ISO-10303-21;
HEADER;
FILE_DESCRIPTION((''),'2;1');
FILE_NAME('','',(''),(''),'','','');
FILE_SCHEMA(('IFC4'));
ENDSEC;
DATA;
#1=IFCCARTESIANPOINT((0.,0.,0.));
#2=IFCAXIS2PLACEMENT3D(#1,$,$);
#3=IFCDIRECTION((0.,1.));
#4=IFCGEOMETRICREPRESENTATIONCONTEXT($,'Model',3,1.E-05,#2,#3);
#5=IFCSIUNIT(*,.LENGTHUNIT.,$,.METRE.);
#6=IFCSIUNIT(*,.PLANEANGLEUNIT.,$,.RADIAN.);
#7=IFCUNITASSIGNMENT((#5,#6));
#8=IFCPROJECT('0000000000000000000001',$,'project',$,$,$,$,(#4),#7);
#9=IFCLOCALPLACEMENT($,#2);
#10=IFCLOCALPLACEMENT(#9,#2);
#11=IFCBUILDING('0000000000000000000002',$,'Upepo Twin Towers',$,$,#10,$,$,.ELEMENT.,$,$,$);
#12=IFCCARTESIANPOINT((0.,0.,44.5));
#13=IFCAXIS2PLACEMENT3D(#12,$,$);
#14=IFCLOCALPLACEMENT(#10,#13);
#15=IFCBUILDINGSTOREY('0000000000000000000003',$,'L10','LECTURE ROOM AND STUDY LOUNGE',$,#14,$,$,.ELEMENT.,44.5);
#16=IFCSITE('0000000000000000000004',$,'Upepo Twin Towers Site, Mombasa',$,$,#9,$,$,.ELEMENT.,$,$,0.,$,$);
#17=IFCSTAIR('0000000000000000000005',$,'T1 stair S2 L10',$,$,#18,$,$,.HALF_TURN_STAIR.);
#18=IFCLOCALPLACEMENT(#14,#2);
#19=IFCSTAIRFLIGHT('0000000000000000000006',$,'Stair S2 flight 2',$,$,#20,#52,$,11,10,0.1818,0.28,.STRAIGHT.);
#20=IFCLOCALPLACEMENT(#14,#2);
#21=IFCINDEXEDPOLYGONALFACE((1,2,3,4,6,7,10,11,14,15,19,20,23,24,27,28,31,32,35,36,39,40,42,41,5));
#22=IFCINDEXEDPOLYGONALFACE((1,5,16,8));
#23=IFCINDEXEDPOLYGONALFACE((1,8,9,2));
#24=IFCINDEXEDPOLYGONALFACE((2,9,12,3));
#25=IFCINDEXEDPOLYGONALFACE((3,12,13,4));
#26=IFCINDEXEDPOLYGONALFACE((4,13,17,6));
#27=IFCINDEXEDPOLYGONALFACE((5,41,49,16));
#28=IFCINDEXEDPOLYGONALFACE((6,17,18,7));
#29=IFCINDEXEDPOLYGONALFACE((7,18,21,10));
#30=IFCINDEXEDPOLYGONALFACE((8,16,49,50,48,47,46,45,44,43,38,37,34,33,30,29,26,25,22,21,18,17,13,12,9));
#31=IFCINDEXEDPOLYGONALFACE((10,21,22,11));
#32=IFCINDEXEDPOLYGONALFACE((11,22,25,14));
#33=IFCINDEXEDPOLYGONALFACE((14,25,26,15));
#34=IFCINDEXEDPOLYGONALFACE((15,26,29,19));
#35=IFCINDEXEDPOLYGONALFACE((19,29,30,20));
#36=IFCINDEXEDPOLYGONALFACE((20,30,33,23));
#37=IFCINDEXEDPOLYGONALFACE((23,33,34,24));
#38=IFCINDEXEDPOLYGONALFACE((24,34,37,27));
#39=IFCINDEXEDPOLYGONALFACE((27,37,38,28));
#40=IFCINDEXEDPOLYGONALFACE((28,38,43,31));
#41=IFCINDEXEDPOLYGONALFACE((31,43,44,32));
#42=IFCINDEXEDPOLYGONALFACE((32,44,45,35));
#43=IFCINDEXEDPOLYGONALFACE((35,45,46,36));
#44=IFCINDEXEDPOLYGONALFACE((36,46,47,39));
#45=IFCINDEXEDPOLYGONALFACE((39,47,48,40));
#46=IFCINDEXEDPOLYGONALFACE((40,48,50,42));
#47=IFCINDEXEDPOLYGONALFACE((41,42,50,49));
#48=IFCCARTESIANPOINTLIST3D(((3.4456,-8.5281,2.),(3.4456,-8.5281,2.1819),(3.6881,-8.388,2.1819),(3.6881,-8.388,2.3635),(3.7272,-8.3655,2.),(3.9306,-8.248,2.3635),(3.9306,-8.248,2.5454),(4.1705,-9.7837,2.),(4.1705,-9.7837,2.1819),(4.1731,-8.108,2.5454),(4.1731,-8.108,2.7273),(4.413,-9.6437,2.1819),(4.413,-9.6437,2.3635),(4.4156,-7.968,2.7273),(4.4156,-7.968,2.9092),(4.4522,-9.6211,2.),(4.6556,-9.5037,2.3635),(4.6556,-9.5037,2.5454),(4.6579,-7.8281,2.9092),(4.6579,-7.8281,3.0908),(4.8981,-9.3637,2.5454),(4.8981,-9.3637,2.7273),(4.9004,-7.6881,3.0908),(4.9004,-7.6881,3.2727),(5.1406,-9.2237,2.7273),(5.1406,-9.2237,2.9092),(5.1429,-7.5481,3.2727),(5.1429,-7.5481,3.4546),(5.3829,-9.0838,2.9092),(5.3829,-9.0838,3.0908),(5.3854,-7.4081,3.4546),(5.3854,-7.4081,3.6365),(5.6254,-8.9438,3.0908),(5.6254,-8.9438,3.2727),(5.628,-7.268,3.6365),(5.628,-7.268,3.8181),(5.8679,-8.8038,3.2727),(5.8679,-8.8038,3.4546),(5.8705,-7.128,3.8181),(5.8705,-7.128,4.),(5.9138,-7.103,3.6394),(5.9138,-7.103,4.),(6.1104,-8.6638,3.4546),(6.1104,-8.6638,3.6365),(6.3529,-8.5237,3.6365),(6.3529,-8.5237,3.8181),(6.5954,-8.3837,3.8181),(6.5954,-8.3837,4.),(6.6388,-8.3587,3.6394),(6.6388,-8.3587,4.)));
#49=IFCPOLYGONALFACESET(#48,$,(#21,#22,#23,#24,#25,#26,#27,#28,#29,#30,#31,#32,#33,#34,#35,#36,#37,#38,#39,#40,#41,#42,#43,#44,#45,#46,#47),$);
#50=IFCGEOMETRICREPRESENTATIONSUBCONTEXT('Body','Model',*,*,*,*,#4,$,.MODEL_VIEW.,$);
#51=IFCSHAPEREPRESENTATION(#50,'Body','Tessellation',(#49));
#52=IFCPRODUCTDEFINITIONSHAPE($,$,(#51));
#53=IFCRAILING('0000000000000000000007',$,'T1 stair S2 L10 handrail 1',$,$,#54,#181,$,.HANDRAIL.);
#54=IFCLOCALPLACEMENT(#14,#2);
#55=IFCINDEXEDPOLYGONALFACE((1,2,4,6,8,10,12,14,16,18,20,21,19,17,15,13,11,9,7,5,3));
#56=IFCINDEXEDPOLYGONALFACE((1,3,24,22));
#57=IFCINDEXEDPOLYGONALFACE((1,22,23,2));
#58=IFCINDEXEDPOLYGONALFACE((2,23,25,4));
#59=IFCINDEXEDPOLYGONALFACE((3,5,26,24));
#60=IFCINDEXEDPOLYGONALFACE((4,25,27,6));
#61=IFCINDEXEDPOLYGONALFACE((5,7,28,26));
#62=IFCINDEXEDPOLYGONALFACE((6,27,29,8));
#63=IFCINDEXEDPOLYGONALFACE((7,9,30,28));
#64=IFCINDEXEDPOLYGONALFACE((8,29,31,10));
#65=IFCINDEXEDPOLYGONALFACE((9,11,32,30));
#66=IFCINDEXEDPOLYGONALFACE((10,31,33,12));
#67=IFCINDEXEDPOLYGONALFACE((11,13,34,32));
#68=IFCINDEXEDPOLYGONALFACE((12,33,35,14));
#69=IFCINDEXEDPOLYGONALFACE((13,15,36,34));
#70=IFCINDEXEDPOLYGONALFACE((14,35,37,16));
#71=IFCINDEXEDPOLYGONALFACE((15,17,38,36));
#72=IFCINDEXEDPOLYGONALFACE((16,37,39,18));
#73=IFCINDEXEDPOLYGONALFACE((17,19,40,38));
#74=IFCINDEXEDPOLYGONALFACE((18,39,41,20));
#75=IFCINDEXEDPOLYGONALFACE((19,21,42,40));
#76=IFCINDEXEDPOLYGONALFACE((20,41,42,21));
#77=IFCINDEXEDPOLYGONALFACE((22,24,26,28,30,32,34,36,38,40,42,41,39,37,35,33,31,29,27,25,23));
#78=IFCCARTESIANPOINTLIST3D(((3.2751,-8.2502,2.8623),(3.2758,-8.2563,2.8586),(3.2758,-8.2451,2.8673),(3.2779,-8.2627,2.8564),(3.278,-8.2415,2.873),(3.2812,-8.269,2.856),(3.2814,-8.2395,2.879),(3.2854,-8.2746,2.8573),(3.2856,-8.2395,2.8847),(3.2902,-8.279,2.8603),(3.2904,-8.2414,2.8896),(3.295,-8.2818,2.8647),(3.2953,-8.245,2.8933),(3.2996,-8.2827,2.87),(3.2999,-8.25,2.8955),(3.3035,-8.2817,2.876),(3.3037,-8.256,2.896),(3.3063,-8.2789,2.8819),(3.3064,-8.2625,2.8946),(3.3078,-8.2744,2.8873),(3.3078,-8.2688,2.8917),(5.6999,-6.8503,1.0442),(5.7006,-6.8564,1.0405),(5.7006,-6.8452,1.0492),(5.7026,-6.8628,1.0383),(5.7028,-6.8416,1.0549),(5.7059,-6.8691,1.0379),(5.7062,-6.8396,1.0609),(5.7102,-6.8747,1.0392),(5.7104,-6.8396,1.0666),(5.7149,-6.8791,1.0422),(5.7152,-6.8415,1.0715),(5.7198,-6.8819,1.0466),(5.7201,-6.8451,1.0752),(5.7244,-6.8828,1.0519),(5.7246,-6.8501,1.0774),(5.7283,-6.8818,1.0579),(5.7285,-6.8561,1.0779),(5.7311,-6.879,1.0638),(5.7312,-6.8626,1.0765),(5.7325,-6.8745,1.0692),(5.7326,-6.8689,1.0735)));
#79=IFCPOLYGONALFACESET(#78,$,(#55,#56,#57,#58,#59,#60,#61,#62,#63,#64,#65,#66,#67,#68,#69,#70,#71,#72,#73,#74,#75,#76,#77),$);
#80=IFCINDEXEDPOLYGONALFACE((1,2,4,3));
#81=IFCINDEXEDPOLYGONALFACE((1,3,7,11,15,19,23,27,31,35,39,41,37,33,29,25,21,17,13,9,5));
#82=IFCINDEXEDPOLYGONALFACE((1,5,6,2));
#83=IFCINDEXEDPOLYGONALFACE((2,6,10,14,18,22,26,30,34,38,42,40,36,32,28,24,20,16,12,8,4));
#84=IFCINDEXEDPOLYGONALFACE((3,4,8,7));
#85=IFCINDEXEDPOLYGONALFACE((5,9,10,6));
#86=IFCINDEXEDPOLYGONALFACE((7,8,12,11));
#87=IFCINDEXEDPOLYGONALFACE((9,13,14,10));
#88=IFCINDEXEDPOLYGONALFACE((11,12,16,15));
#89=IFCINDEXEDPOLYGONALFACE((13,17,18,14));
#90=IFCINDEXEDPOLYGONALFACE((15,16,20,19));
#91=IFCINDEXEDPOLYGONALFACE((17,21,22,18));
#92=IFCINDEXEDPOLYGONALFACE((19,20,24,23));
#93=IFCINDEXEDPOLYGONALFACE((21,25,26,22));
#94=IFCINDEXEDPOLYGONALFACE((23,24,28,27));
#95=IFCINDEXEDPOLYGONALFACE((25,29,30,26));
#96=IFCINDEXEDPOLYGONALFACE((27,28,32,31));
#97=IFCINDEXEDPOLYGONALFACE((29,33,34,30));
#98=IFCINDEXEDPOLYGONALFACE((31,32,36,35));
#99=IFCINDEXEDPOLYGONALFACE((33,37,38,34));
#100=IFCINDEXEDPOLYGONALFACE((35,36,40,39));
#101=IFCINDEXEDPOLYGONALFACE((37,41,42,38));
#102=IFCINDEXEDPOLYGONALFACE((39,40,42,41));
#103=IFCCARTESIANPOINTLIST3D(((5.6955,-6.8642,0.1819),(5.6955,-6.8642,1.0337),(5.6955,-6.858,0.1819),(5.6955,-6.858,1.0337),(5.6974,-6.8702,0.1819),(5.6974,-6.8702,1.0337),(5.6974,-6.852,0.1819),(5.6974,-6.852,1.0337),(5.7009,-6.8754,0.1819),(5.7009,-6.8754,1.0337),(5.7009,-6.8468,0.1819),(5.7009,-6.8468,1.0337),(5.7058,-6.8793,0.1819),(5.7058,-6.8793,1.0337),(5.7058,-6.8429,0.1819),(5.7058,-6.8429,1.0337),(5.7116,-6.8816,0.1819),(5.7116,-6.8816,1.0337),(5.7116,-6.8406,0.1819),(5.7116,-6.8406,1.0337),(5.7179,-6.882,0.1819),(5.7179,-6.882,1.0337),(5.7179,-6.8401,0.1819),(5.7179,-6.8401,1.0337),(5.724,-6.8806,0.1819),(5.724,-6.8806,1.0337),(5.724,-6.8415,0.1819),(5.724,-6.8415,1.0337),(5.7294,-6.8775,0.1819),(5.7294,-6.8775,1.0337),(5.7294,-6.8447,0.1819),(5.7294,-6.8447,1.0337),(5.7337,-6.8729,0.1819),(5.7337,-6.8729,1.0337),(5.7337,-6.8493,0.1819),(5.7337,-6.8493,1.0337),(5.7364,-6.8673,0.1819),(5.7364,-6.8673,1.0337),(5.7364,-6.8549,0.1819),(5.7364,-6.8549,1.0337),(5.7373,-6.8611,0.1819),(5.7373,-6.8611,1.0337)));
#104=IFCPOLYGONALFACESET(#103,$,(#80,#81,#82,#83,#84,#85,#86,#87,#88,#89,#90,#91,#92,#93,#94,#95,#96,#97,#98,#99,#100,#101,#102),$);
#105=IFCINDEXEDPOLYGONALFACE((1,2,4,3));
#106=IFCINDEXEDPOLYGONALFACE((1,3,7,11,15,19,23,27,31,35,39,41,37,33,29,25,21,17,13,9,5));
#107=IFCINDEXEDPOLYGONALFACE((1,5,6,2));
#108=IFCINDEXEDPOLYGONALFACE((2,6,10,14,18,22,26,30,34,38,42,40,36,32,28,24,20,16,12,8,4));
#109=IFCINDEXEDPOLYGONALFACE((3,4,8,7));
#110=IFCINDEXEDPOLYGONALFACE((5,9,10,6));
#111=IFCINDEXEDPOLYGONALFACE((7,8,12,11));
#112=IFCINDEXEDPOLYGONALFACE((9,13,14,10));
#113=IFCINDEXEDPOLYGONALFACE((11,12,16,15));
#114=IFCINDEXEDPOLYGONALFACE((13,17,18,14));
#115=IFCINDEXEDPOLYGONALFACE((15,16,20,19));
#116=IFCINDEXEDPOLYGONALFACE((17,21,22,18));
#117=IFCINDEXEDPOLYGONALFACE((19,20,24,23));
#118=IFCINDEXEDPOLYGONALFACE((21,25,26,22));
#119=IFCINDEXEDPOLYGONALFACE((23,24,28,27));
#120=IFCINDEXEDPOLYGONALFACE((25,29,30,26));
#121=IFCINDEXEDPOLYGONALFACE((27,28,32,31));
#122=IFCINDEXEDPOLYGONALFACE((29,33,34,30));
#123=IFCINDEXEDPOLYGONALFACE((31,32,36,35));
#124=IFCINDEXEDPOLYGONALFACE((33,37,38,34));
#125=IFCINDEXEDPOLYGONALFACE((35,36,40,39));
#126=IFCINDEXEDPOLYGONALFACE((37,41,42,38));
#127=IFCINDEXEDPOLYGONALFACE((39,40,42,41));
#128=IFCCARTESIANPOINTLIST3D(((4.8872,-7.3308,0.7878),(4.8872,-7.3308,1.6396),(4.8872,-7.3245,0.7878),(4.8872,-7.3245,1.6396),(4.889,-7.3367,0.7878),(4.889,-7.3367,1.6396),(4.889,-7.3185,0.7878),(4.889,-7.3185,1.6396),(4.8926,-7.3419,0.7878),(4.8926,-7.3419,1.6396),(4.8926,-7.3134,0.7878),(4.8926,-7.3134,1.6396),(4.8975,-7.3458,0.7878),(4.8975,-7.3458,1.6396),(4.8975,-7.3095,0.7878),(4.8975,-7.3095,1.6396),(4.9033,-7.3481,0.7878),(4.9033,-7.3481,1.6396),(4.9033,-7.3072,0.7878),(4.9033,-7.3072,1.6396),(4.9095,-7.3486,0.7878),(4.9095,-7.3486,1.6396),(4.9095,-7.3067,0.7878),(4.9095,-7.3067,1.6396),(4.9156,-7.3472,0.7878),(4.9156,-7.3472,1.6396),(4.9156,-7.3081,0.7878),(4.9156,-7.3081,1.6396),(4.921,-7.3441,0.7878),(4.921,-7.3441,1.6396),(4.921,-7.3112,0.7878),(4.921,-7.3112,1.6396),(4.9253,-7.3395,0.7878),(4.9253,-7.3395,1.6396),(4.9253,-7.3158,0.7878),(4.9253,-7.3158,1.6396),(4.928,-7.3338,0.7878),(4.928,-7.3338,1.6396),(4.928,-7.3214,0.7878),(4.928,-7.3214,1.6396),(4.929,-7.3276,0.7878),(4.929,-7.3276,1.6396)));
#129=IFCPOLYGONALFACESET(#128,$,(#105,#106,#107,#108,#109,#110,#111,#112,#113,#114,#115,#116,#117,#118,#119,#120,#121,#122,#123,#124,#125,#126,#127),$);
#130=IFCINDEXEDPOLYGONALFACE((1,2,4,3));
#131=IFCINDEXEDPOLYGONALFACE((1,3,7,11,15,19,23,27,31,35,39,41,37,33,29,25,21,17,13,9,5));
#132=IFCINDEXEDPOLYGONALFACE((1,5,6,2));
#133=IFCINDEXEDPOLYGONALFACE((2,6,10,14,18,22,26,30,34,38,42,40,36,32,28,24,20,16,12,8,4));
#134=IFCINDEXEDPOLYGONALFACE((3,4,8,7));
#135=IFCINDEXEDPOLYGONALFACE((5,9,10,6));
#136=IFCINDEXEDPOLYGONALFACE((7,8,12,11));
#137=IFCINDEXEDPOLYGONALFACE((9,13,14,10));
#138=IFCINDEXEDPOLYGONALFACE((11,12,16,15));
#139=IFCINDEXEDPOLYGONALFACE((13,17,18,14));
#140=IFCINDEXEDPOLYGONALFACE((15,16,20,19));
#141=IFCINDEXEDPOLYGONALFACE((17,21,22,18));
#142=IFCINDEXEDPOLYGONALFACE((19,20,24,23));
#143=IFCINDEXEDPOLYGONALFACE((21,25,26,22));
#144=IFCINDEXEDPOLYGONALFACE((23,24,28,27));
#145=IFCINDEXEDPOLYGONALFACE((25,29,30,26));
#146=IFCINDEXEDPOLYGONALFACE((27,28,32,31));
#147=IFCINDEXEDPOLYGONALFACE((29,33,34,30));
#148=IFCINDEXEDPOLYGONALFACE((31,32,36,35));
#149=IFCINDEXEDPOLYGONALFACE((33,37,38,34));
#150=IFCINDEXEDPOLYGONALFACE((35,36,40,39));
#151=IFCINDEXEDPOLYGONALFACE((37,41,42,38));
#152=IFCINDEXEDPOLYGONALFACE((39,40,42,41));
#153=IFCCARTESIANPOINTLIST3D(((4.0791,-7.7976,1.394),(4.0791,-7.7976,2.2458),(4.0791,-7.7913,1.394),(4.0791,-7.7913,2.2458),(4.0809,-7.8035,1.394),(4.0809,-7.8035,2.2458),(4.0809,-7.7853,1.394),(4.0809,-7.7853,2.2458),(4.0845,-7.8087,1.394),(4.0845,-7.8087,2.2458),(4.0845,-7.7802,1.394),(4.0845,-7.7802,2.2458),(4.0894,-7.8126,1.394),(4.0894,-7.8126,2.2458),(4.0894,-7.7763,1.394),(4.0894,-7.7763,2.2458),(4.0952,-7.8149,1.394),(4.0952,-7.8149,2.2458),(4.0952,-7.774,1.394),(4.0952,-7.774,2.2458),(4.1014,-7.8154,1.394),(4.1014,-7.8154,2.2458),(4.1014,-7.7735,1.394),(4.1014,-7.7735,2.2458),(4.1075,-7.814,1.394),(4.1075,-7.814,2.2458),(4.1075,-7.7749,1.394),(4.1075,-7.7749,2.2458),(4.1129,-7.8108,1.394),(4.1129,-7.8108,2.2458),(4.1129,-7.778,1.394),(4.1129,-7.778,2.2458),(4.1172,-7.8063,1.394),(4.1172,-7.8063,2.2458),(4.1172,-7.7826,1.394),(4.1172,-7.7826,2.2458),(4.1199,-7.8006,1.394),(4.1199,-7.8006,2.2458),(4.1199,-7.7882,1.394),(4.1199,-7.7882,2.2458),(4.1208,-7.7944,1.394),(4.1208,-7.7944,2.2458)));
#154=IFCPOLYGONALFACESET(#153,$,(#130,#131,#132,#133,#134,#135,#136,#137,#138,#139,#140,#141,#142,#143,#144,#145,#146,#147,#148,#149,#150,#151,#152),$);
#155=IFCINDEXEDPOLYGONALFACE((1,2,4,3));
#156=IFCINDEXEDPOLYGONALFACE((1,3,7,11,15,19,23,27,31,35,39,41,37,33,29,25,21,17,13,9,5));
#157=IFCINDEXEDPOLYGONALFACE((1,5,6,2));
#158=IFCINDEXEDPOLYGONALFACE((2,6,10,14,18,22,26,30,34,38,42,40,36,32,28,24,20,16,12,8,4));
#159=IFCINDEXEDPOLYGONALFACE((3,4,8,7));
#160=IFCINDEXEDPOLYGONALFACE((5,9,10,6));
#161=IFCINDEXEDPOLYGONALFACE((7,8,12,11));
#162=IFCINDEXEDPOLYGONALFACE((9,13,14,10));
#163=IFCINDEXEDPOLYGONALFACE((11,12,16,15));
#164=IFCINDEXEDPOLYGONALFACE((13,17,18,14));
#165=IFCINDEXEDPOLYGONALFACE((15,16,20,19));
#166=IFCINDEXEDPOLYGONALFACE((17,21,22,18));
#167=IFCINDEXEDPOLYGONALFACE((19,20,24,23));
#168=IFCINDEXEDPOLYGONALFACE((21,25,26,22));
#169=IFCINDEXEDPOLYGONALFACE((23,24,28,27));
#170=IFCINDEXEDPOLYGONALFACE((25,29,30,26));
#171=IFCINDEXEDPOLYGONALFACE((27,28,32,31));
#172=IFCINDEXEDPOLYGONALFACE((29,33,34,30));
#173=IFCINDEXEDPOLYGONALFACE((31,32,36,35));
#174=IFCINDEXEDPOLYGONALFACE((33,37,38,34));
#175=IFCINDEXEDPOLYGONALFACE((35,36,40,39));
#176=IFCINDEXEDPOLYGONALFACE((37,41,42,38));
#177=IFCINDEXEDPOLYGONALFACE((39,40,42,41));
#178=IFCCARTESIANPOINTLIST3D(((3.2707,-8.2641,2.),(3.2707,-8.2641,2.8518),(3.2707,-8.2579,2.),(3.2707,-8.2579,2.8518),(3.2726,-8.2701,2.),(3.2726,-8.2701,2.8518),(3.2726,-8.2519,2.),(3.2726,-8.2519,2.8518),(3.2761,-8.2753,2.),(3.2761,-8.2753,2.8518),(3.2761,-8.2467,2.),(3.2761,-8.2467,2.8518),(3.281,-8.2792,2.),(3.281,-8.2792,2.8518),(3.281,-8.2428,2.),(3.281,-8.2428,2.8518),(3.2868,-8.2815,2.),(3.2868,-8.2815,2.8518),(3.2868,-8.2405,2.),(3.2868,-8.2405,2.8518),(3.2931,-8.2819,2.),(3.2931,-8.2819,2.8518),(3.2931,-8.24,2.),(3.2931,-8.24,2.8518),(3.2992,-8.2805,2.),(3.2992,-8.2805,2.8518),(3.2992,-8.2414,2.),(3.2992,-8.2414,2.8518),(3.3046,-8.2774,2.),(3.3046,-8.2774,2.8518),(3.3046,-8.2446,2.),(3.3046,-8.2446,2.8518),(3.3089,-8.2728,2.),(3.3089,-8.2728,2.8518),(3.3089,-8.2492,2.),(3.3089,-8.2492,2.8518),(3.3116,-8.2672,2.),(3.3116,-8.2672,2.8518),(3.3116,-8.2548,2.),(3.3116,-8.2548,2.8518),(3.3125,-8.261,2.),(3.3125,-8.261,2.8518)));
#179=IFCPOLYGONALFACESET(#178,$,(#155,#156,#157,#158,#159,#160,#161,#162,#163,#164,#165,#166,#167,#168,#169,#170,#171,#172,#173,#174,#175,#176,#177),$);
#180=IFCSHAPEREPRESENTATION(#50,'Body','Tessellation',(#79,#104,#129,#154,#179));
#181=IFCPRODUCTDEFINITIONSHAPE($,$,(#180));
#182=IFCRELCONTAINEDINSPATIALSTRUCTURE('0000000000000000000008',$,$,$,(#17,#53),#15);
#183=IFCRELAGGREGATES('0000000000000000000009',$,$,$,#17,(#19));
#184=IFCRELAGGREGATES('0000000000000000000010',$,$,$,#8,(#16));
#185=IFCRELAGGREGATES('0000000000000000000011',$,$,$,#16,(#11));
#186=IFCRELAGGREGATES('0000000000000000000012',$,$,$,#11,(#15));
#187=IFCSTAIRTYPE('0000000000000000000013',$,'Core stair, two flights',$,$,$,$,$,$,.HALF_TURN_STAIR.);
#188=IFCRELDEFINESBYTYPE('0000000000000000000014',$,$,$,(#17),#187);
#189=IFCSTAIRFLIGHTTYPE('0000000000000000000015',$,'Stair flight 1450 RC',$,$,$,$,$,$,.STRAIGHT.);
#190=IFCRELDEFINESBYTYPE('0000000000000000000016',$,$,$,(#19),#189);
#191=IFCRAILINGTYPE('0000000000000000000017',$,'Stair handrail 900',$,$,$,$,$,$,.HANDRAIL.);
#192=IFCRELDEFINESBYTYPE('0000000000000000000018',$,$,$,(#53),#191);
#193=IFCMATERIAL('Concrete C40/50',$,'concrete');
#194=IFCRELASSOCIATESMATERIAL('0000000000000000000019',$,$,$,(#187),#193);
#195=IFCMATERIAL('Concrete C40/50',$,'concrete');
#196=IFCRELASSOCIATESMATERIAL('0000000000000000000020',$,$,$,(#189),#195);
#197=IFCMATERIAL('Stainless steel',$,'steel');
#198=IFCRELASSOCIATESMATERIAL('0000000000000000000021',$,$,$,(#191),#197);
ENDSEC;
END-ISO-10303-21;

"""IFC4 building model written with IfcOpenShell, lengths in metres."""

from ifc_helpers import new_model, si_unit, direction, frame, origin, origin_2d, place, context, subcontext, project, spatial, polyline, circle, outline, extrude, material, type_object, element, aggregate, save


model = new_model("IFC4")

# Units and contexts
model_context = context("Model", 3, precision=1e-05, world=origin(), true_north=direction((0.0, 1.0)))
body_context = subcontext(model_context, "Body", "Model", "MODEL_VIEW")
ifc_project = project(units=[si_unit("LENGTHUNIT", "METRE"), si_unit("PLANEANGLEUNIT", "RADIAN")], contexts=[model_context])

# Site, building, storey
site_placement = place(None, origin())
site = spatial("IfcSite", under=ifc_project, at=site_placement, Name="Upepo Twin Towers Site, Mombasa", CompositionType="ELEMENT", RefElevation=0.0)
building_placement = place(site_placement, origin())
building = spatial("IfcBuilding", under=site, at=building_placement, Name="Upepo Twin Towers", CompositionType="ELEMENT")
storey_placement = place(building_placement, frame((0.0, 0.0, 44.5)))
storey = spatial("IfcBuildingStorey", under=building, at=storey_placement, Name="L10", Description="LECTURE ROOM AND STUDY LOUNGE", CompositionType="ELEMENT", Elevation=44.5)

# Stair, stair flight
ifc_material_1 = material(Name="Concrete C40/50", Category="concrete")
stair_type = type_object("IfcStairType", Name="Core stair, two flights", PredefinedType="HALF_TURN_STAIR", material=ifc_material_1)
stair_placement = place(storey_placement, origin())
stair = element("IfcStair", 1, at=stair_placement, inside=storey, type_object=stair_type, Name="T1 stair S2 L10", PredefinedType="HALF_TURN_STAIR")
ifc_material_2 = material(Name="Concrete C40/50", Category="concrete")
stair_flight_type = type_object("IfcStairFlightType", Name="Stair flight 1450 RC", PredefinedType="STRAIGHT", material=ifc_material_2)
stair_flight_1_placement = place(storey_placement, frame((3.8081, -9.156, 2.0), z_axis=(0.0, 0.0, 1.0), x_axis=(0.866025, 0.5, 0.0)))
stair_flight_1 = element("IfcStairFlight", 2, at=stair_flight_1_placement, type_object=stair_flight_type, Name="Stair S2 flight 2", NumberOfRisers=11, NumberOfTreads=10, PredefinedType="STRAIGHT", RiserHeight=0.1818, TreadLength=0.28, context=body_context, shape_type="SweptSolid", body=[
    extrude(outline(polyline([(0.0, 0.0), (0.0, 0.1819), (0.28, 0.1819), (0.28, 0.3635), (0.5601, 0.3635), (0.5601, 0.5454), (0.8401, 0.5454), (0.8401, 0.7273), (1.1201, 0.7273), (1.1201, 0.9092), (1.3999, 0.9092), (1.3999, 1.0908), (1.6799, 1.0908), (1.6799, 1.2727), (1.96, 1.2727), (1.96, 1.4546), (2.24, 1.4546), (2.24, 1.6365), (2.52, 1.6365), (2.52, 1.8181), (2.8, 1.8181), (2.8, 2.0), (2.8501, 2.0), (2.8501, 1.6394), (0.3252, 0.0), (0.0, 0.0)])), frame((0.0, 0.7251, 0.0), z_axis=(0.0, -1.0, 0.0), x_axis=(1.0, 0.0, 0.0)), (0.0, 0.0, 1.0), 1.45),
])
aggregate(stair, [stair_flight_1])

# Railing
ifc_material_3 = material(Name="Stainless steel", Category="steel")
railing_type = type_object("IfcRailingType", Name="Stair handrail 900", PredefinedType="HANDRAIL", material=ifc_material_3)
railing_1_placement = place(storey_placement, frame((5.7163, -6.8611, 0.1819)))
element("IfcRailing", 3, at=railing_1_placement, inside=storey, type_object=railing_type, Name="T1 stair S2 L10 handrail 1", PredefinedType="HANDRAIL", context=body_context, shape_type="SweptSolid", body=[
    extrude(circle(Radius=0.0239, at=origin_2d()), frame((0.0, 0.0, 0.876), z_axis=(-0.726336, -0.419333, 0.544606), x_axis=(0.499984, -0.866035, 0.0)), (0.0, 0.0, 1.0), 3.3384),
    extrude(circle(Radius=0.021, at=origin_2d()), origin(), (0.0, 0.0, 1.0), 0.8518),
    extrude(circle(Radius=0.021, at=origin_2d()), frame((-0.8083, -0.4666, 0.606)), (0.0, 0.0, 1.0), 0.8518),
    extrude(circle(Radius=0.021, at=origin_2d()), frame((-1.6165, -0.9333, 1.2122)), (0.0, 0.0, 1.0), 0.8518),
    extrude(circle(Radius=0.021, at=origin_2d()), frame((-2.4248, -1.3999, 1.8181)), (0.0, 0.0, 1.0), 0.8518),
])

save(model, "model.ifc")
